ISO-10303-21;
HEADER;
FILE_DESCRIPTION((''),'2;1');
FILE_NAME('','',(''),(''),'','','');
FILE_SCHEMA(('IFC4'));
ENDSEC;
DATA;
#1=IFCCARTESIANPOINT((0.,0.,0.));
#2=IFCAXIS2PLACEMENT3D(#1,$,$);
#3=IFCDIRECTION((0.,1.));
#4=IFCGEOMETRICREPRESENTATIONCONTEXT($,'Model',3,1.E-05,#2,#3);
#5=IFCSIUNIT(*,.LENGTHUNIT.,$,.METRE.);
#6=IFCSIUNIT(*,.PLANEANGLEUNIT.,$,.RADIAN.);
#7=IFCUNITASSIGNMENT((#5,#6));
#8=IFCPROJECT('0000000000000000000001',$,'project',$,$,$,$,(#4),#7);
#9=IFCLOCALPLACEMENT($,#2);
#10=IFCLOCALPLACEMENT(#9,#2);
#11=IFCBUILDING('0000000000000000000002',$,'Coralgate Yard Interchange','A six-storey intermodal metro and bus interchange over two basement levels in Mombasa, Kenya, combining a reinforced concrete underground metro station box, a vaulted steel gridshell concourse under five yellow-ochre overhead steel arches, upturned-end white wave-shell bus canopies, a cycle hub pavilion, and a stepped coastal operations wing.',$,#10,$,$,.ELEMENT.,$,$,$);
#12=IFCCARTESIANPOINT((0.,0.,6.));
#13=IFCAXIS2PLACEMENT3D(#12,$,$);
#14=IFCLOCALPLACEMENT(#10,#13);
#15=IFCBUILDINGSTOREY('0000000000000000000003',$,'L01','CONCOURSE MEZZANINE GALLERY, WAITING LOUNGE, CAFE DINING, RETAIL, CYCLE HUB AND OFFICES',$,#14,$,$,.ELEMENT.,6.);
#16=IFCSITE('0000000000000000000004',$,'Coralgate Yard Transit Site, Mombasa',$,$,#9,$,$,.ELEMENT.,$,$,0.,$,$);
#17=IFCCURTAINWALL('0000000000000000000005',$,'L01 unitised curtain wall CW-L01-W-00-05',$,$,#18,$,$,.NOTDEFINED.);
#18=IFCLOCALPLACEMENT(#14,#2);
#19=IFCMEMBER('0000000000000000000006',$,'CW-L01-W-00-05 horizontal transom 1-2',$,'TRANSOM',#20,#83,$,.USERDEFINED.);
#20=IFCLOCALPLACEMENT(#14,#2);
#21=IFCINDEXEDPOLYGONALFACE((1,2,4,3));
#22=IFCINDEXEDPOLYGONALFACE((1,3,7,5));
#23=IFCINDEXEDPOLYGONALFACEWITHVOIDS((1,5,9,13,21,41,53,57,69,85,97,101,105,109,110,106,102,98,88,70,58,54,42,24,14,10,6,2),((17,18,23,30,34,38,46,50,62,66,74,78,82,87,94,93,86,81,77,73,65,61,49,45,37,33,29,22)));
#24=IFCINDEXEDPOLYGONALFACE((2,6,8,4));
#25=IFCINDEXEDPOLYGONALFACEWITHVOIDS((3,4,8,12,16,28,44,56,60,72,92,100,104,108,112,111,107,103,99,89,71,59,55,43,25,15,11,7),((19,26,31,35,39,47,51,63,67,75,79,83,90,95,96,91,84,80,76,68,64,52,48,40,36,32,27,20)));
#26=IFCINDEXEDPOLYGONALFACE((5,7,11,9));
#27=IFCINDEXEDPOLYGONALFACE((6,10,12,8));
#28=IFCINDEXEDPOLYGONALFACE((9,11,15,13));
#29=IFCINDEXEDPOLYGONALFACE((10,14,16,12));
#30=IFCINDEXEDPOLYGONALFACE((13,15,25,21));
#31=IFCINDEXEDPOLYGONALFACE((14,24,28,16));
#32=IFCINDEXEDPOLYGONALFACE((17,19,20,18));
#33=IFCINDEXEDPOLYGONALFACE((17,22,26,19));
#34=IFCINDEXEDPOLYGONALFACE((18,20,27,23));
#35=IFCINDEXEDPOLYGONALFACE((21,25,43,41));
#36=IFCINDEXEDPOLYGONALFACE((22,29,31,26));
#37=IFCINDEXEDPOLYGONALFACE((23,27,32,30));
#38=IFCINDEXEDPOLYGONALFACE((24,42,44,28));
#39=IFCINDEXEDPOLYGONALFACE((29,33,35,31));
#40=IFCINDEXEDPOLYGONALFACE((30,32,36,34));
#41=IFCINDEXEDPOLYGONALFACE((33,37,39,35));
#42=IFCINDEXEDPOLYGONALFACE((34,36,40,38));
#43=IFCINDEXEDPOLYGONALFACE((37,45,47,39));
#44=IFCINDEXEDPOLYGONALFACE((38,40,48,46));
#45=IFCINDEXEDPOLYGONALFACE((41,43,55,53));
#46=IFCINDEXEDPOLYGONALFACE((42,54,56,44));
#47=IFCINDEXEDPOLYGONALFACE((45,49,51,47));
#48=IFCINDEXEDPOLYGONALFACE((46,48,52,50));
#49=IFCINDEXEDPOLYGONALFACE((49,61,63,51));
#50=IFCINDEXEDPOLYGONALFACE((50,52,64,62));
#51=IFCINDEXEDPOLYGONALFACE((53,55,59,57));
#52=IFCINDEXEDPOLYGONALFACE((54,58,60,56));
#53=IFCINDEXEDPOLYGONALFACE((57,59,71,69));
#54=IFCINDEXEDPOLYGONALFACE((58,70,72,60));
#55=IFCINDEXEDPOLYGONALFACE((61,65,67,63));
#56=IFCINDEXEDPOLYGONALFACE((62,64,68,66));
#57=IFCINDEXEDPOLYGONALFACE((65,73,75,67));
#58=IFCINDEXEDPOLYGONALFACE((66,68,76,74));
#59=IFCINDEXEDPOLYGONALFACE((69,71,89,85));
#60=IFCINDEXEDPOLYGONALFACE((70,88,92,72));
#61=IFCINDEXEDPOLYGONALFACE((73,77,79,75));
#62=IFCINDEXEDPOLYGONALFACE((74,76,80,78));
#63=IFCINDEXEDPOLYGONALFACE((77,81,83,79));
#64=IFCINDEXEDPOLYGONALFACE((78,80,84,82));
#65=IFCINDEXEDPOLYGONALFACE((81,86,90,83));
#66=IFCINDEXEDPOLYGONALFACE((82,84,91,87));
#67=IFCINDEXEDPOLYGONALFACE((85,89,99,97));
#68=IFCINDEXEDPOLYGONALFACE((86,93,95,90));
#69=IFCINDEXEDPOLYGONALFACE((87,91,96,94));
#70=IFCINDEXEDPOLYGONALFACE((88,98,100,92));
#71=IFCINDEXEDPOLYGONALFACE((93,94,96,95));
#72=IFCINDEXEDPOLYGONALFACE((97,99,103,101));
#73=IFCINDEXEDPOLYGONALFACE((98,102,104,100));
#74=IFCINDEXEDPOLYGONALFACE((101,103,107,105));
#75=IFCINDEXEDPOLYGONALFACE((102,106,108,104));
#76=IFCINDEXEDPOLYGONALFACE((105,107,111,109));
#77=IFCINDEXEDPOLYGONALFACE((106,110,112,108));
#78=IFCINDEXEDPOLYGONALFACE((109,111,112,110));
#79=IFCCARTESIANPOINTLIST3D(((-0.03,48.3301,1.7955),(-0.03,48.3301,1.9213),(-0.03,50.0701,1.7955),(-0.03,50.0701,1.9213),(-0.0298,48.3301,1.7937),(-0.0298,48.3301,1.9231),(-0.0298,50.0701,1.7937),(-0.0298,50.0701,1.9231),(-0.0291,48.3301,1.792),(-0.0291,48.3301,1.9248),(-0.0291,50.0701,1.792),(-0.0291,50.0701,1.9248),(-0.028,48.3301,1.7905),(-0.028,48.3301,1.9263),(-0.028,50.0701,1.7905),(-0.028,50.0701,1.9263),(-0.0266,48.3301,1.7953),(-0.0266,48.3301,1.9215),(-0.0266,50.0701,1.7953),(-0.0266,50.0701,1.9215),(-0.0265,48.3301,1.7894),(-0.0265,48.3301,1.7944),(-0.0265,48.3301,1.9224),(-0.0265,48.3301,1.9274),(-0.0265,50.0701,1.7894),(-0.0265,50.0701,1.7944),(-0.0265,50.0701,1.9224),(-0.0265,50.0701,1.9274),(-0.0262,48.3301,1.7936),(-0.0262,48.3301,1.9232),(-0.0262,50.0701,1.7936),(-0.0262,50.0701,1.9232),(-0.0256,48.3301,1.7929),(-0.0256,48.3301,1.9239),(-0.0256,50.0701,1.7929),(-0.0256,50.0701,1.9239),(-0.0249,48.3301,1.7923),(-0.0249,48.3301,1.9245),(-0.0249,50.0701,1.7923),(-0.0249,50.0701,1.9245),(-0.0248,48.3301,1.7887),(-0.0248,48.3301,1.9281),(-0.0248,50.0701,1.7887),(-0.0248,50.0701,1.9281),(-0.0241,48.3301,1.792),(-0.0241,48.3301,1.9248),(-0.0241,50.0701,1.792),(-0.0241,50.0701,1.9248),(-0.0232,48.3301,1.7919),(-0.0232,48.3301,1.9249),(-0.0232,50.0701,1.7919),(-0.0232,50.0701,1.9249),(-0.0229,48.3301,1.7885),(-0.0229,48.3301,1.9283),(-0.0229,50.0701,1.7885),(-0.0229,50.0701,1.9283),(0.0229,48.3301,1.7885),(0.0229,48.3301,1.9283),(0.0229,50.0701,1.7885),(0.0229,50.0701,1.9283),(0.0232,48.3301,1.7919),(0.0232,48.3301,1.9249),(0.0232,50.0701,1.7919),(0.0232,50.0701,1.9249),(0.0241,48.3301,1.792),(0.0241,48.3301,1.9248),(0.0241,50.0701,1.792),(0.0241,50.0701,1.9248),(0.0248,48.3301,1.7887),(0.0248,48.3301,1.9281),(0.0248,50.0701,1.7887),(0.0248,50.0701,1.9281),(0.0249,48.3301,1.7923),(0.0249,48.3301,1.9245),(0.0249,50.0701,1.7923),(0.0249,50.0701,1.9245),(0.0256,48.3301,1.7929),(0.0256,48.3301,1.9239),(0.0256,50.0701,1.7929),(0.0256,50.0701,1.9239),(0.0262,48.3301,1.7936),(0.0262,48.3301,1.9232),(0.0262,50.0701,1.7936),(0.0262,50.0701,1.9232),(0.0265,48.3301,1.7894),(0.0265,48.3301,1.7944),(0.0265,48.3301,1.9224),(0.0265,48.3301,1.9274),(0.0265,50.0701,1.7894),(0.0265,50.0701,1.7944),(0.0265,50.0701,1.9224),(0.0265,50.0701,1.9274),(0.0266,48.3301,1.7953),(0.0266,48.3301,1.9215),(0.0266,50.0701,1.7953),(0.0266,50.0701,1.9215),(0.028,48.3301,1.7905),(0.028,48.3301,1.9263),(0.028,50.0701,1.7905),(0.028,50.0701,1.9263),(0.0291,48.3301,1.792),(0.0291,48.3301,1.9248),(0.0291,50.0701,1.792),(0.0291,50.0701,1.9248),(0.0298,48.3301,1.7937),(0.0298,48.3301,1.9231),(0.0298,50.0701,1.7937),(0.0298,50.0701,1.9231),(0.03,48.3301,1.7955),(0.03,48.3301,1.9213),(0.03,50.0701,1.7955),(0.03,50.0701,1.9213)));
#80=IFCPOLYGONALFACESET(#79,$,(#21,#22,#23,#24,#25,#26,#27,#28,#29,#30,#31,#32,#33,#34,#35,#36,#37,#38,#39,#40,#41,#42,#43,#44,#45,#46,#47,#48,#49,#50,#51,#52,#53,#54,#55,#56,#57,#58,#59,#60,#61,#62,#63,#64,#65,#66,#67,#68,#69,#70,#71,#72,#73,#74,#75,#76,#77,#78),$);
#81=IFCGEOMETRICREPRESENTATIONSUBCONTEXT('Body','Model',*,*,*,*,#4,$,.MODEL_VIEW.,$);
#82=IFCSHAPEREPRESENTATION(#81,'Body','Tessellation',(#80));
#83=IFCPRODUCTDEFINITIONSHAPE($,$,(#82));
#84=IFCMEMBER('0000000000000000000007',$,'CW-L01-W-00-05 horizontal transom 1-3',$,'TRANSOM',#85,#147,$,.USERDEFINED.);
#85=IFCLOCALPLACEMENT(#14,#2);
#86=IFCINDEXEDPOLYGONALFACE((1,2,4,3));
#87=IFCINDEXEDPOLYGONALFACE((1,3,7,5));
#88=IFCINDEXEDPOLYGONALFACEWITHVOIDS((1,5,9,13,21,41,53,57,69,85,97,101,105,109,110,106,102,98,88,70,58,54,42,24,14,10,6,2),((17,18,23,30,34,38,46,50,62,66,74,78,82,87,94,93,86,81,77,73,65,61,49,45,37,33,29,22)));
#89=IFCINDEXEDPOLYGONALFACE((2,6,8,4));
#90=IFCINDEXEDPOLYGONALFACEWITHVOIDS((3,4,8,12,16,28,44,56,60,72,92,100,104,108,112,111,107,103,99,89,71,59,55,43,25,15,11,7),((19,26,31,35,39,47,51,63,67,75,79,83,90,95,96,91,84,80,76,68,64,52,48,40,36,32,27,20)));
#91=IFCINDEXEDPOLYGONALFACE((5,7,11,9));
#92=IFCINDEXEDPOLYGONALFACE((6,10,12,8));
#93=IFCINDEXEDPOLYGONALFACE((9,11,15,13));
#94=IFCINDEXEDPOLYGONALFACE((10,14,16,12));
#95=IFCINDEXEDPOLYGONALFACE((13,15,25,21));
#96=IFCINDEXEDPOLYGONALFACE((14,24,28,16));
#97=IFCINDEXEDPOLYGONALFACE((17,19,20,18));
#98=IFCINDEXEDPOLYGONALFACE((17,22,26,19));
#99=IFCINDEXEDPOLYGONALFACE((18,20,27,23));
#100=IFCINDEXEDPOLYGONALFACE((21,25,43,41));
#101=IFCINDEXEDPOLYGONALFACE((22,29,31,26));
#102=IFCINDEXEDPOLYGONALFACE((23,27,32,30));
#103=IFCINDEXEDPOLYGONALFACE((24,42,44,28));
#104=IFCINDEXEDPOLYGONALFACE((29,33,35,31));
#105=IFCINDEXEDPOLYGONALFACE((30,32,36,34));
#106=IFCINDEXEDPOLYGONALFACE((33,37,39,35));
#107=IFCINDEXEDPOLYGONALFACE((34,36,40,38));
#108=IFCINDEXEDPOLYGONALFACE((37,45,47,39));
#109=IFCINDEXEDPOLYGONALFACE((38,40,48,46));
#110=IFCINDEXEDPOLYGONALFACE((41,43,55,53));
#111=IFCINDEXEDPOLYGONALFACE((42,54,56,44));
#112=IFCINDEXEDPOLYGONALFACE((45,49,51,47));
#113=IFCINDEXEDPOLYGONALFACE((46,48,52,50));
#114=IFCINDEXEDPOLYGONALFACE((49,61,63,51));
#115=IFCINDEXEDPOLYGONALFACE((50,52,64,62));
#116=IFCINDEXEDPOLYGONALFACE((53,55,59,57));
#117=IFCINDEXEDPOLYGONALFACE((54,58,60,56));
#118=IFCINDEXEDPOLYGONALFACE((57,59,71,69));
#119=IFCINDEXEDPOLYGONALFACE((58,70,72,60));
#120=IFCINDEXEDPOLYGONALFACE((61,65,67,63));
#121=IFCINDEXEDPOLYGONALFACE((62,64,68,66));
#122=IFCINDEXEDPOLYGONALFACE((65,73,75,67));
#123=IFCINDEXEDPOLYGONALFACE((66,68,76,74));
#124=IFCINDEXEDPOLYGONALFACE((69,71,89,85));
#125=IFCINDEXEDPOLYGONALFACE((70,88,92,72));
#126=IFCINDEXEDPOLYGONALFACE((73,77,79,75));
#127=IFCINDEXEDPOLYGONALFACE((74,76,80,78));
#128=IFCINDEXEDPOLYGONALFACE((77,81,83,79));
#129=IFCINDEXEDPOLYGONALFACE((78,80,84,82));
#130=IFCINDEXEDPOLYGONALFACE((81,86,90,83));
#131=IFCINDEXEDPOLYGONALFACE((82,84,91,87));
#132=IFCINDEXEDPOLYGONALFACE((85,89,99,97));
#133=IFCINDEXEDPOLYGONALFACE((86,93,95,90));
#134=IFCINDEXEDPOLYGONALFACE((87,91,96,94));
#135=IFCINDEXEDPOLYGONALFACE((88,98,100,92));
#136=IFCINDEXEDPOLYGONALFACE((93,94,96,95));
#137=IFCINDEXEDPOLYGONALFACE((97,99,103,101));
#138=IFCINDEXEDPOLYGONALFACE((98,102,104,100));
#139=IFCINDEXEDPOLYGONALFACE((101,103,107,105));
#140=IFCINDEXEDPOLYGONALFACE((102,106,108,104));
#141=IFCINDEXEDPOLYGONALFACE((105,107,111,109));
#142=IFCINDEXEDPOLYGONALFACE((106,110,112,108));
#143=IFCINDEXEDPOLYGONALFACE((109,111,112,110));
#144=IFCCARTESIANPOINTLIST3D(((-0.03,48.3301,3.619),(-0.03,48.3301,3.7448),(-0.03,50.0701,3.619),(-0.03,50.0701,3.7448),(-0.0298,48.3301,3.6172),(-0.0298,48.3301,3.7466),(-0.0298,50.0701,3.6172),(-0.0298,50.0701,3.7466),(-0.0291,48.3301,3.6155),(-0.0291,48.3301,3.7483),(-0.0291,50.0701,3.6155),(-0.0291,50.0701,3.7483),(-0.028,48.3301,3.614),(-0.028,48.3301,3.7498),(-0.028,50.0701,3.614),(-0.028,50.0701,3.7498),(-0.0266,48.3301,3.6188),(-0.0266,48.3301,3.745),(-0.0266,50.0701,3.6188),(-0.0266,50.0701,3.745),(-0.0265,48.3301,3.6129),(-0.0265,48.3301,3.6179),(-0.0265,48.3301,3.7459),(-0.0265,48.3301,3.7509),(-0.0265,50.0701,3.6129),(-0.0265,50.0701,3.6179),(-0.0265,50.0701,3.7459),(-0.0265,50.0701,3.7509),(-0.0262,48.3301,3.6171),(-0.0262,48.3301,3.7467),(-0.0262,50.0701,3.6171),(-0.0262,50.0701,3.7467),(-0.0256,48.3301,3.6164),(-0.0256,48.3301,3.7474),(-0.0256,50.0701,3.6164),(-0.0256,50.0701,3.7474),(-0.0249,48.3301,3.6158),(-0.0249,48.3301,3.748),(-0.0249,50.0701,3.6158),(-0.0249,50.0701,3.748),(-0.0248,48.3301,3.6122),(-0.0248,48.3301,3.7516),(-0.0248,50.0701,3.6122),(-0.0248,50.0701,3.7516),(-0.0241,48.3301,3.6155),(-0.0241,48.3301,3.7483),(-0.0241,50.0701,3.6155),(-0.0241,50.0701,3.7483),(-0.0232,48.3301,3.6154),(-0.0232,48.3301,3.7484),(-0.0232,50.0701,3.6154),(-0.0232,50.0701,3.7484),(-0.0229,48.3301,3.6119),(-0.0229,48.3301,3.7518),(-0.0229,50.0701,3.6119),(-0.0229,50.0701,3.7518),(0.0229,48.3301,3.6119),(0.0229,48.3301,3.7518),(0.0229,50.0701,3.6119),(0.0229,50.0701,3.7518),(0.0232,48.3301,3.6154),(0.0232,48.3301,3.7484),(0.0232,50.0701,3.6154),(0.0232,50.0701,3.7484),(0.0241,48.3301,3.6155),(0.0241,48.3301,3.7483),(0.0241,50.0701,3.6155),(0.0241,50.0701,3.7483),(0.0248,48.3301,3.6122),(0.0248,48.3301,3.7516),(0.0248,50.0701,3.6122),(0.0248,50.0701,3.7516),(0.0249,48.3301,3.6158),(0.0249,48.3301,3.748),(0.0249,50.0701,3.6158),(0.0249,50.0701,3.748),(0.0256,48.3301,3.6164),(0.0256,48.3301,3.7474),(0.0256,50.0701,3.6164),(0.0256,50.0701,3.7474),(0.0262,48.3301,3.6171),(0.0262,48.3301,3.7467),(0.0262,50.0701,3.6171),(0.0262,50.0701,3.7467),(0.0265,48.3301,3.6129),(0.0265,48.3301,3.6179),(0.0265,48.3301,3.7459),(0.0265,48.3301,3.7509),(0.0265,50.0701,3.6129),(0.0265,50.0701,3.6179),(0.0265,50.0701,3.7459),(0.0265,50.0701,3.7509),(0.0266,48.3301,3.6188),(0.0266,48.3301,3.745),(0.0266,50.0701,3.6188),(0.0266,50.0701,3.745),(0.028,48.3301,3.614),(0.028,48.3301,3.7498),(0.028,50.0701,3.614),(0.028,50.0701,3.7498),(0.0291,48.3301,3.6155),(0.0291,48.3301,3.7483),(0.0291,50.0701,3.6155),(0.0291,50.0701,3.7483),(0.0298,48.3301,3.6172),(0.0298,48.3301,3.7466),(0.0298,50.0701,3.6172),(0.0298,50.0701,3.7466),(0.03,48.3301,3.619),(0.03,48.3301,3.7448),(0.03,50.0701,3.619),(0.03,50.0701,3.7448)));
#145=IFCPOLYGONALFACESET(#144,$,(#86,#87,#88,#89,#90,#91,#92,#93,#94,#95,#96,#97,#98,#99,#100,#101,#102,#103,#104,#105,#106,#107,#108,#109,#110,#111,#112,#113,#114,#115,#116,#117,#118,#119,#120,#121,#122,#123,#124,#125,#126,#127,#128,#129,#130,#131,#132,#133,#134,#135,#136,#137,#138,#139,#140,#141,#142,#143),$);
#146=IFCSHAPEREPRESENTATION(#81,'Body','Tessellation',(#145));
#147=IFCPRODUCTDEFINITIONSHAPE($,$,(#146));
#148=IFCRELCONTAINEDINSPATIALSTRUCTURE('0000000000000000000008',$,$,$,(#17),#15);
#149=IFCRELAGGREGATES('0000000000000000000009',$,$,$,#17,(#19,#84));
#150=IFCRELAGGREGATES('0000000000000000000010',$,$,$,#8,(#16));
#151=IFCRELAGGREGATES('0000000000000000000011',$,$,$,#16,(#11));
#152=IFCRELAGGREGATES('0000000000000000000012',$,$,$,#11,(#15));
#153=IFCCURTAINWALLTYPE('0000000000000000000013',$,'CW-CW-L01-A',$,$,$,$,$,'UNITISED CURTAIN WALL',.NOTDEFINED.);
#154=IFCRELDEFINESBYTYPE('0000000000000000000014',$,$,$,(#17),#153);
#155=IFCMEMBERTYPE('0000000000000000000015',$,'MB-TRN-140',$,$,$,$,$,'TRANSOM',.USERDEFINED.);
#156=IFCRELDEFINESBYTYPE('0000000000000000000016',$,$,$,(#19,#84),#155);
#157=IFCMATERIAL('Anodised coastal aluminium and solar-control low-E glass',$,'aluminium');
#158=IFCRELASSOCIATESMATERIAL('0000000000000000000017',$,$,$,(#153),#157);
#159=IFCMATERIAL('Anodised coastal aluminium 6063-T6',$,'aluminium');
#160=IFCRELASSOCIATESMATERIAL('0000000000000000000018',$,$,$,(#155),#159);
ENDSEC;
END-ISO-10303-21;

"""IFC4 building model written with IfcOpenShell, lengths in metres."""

from ifc_helpers import new_model, si_unit, direction, frame, origin, origin_2d, place, context, subcontext, project, spatial, hollow_rectangle, extrude, material, material_profile, profile_set, type_object, element, aggregate, save


model = new_model("IFC4")

# Units and contexts
model_context = context("Model", 3, precision=1e-05, world=origin(), true_north=direction((0.0, 1.0)))
body_context = subcontext(model_context, "Body", "Model", "MODEL_VIEW")
ifc_project = project(units=[si_unit("LENGTHUNIT", "METRE"), si_unit("PLANEANGLEUNIT", "RADIAN")], contexts=[model_context])

# Site, building, storey
site_placement = place(None, origin())
site = spatial("IfcSite", under=ifc_project, at=site_placement, Name="Coralgate Yard Transit Site, Mombasa", CompositionType="ELEMENT", RefElevation=0.0)
building_placement = place(site_placement, origin())
building = spatial("IfcBuilding", under=site, at=building_placement, Name="Coralgate Yard Interchange", Description="A six-storey intermodal metro and bus interchange over two basement levels in Mombasa, Kenya, combining a reinforced concrete underground metro station box, a vaulted steel gridshell concourse under five yellow-ochre overhead steel arches, upturned-end white wave-shell bus canopies, a cycle hub pavilion, and a stepped coastal operations wing.", CompositionType="ELEMENT")
storey_placement = place(building_placement, frame((0.0, 0.0, 6.0)))
storey = spatial("IfcBuildingStorey", under=building, at=storey_placement, Name="L01", Description="CONCOURSE MEZZANINE GALLERY, WAITING LOUNGE, CAFE DINING, RETAIL, CYCLE HUB AND OFFICES", CompositionType="ELEMENT", Elevation=6.0)

# Curtain wall, members
ifc_material_1 = material(Name="Anodised coastal aluminium and solar-control low-E glass", Category="aluminium")
curtain_wall_type = type_object("IfcCurtainWallType", Name="CW-CW-L01-A", ElementType="UNITISED CURTAIN WALL", PredefinedType="NOTDEFINED", material=ifc_material_1)
curtain_wall_placement = place(storey_placement, origin())
curtain_wall = element("IfcCurtainWall", 1, at=curtain_wall_placement, inside=storey, type_object=curtain_wall_type, Name="L01 unitised curtain wall CW-L01-W-00-05", PredefinedType="NOTDEFINED")
ifc_material_2 = material(Name="Anodised coastal aluminium 6063-T6", Category="aluminium")
ifc_material_profile_1 = material_profile(ifc_material_2, hollow_rectangle(XDim=0.0601, YDim=0.1399, WallThickness=0.0034, InnerFilletRadius=0.0034, OuterFilletRadius=0.0071, at=origin_2d()), Name="ALU 60x140x3.5")
ifc_profile_set_1 = profile_set([ifc_material_profile_1], Name="Anodised coastal aluminium 6063-T6")
member_type_1 = type_object("IfcMemberType", Name="MB-TRN-140", ElementType="TRANSOM", PredefinedType="USERDEFINED", material=ifc_profile_set_1)
member_1_placement = place(storey_placement, frame((0.0, 48.3301, 1.8584), z_axis=(0.0, 1.0, 0.0), x_axis=(-1.0, 0.0, 0.0)))
member_1 = element("IfcMember", 2, at=member_1_placement, type_object=member_type_1, Name="CW-L01-W-00-05 horizontal transom 1-2", ObjectType="TRANSOM", PredefinedType="USERDEFINED", context=body_context, shape_type="SweptSolid", body=[
    extrude(hollow_rectangle(XDim=0.0601, YDim=0.1399, WallThickness=0.0034, InnerFilletRadius=0.0034, OuterFilletRadius=0.0071, at=origin_2d()), origin(), (0.0, 0.0, 1.0), 1.74),
])
member_2_placement = place(storey_placement, frame((0.0, 48.3301, 3.6819), z_axis=(0.0, 1.0, 0.0), x_axis=(-1.0, 0.0, 0.0)))
member_2 = element("IfcMember", 3, at=member_2_placement, type_object=member_type_1, Name="CW-L01-W-00-05 horizontal transom 1-3", ObjectType="TRANSOM", PredefinedType="USERDEFINED", context=body_context, shape_type="SweptSolid", body=[
    extrude(hollow_rectangle(XDim=0.0601, YDim=0.1399, WallThickness=0.0034, InnerFilletRadius=0.0034, OuterFilletRadius=0.0071, at=origin_2d()), origin(), (0.0, 0.0, 1.0), 1.74),
])
aggregate(curtain_wall, [member_1, member_2])

save(model, "model.ifc")
